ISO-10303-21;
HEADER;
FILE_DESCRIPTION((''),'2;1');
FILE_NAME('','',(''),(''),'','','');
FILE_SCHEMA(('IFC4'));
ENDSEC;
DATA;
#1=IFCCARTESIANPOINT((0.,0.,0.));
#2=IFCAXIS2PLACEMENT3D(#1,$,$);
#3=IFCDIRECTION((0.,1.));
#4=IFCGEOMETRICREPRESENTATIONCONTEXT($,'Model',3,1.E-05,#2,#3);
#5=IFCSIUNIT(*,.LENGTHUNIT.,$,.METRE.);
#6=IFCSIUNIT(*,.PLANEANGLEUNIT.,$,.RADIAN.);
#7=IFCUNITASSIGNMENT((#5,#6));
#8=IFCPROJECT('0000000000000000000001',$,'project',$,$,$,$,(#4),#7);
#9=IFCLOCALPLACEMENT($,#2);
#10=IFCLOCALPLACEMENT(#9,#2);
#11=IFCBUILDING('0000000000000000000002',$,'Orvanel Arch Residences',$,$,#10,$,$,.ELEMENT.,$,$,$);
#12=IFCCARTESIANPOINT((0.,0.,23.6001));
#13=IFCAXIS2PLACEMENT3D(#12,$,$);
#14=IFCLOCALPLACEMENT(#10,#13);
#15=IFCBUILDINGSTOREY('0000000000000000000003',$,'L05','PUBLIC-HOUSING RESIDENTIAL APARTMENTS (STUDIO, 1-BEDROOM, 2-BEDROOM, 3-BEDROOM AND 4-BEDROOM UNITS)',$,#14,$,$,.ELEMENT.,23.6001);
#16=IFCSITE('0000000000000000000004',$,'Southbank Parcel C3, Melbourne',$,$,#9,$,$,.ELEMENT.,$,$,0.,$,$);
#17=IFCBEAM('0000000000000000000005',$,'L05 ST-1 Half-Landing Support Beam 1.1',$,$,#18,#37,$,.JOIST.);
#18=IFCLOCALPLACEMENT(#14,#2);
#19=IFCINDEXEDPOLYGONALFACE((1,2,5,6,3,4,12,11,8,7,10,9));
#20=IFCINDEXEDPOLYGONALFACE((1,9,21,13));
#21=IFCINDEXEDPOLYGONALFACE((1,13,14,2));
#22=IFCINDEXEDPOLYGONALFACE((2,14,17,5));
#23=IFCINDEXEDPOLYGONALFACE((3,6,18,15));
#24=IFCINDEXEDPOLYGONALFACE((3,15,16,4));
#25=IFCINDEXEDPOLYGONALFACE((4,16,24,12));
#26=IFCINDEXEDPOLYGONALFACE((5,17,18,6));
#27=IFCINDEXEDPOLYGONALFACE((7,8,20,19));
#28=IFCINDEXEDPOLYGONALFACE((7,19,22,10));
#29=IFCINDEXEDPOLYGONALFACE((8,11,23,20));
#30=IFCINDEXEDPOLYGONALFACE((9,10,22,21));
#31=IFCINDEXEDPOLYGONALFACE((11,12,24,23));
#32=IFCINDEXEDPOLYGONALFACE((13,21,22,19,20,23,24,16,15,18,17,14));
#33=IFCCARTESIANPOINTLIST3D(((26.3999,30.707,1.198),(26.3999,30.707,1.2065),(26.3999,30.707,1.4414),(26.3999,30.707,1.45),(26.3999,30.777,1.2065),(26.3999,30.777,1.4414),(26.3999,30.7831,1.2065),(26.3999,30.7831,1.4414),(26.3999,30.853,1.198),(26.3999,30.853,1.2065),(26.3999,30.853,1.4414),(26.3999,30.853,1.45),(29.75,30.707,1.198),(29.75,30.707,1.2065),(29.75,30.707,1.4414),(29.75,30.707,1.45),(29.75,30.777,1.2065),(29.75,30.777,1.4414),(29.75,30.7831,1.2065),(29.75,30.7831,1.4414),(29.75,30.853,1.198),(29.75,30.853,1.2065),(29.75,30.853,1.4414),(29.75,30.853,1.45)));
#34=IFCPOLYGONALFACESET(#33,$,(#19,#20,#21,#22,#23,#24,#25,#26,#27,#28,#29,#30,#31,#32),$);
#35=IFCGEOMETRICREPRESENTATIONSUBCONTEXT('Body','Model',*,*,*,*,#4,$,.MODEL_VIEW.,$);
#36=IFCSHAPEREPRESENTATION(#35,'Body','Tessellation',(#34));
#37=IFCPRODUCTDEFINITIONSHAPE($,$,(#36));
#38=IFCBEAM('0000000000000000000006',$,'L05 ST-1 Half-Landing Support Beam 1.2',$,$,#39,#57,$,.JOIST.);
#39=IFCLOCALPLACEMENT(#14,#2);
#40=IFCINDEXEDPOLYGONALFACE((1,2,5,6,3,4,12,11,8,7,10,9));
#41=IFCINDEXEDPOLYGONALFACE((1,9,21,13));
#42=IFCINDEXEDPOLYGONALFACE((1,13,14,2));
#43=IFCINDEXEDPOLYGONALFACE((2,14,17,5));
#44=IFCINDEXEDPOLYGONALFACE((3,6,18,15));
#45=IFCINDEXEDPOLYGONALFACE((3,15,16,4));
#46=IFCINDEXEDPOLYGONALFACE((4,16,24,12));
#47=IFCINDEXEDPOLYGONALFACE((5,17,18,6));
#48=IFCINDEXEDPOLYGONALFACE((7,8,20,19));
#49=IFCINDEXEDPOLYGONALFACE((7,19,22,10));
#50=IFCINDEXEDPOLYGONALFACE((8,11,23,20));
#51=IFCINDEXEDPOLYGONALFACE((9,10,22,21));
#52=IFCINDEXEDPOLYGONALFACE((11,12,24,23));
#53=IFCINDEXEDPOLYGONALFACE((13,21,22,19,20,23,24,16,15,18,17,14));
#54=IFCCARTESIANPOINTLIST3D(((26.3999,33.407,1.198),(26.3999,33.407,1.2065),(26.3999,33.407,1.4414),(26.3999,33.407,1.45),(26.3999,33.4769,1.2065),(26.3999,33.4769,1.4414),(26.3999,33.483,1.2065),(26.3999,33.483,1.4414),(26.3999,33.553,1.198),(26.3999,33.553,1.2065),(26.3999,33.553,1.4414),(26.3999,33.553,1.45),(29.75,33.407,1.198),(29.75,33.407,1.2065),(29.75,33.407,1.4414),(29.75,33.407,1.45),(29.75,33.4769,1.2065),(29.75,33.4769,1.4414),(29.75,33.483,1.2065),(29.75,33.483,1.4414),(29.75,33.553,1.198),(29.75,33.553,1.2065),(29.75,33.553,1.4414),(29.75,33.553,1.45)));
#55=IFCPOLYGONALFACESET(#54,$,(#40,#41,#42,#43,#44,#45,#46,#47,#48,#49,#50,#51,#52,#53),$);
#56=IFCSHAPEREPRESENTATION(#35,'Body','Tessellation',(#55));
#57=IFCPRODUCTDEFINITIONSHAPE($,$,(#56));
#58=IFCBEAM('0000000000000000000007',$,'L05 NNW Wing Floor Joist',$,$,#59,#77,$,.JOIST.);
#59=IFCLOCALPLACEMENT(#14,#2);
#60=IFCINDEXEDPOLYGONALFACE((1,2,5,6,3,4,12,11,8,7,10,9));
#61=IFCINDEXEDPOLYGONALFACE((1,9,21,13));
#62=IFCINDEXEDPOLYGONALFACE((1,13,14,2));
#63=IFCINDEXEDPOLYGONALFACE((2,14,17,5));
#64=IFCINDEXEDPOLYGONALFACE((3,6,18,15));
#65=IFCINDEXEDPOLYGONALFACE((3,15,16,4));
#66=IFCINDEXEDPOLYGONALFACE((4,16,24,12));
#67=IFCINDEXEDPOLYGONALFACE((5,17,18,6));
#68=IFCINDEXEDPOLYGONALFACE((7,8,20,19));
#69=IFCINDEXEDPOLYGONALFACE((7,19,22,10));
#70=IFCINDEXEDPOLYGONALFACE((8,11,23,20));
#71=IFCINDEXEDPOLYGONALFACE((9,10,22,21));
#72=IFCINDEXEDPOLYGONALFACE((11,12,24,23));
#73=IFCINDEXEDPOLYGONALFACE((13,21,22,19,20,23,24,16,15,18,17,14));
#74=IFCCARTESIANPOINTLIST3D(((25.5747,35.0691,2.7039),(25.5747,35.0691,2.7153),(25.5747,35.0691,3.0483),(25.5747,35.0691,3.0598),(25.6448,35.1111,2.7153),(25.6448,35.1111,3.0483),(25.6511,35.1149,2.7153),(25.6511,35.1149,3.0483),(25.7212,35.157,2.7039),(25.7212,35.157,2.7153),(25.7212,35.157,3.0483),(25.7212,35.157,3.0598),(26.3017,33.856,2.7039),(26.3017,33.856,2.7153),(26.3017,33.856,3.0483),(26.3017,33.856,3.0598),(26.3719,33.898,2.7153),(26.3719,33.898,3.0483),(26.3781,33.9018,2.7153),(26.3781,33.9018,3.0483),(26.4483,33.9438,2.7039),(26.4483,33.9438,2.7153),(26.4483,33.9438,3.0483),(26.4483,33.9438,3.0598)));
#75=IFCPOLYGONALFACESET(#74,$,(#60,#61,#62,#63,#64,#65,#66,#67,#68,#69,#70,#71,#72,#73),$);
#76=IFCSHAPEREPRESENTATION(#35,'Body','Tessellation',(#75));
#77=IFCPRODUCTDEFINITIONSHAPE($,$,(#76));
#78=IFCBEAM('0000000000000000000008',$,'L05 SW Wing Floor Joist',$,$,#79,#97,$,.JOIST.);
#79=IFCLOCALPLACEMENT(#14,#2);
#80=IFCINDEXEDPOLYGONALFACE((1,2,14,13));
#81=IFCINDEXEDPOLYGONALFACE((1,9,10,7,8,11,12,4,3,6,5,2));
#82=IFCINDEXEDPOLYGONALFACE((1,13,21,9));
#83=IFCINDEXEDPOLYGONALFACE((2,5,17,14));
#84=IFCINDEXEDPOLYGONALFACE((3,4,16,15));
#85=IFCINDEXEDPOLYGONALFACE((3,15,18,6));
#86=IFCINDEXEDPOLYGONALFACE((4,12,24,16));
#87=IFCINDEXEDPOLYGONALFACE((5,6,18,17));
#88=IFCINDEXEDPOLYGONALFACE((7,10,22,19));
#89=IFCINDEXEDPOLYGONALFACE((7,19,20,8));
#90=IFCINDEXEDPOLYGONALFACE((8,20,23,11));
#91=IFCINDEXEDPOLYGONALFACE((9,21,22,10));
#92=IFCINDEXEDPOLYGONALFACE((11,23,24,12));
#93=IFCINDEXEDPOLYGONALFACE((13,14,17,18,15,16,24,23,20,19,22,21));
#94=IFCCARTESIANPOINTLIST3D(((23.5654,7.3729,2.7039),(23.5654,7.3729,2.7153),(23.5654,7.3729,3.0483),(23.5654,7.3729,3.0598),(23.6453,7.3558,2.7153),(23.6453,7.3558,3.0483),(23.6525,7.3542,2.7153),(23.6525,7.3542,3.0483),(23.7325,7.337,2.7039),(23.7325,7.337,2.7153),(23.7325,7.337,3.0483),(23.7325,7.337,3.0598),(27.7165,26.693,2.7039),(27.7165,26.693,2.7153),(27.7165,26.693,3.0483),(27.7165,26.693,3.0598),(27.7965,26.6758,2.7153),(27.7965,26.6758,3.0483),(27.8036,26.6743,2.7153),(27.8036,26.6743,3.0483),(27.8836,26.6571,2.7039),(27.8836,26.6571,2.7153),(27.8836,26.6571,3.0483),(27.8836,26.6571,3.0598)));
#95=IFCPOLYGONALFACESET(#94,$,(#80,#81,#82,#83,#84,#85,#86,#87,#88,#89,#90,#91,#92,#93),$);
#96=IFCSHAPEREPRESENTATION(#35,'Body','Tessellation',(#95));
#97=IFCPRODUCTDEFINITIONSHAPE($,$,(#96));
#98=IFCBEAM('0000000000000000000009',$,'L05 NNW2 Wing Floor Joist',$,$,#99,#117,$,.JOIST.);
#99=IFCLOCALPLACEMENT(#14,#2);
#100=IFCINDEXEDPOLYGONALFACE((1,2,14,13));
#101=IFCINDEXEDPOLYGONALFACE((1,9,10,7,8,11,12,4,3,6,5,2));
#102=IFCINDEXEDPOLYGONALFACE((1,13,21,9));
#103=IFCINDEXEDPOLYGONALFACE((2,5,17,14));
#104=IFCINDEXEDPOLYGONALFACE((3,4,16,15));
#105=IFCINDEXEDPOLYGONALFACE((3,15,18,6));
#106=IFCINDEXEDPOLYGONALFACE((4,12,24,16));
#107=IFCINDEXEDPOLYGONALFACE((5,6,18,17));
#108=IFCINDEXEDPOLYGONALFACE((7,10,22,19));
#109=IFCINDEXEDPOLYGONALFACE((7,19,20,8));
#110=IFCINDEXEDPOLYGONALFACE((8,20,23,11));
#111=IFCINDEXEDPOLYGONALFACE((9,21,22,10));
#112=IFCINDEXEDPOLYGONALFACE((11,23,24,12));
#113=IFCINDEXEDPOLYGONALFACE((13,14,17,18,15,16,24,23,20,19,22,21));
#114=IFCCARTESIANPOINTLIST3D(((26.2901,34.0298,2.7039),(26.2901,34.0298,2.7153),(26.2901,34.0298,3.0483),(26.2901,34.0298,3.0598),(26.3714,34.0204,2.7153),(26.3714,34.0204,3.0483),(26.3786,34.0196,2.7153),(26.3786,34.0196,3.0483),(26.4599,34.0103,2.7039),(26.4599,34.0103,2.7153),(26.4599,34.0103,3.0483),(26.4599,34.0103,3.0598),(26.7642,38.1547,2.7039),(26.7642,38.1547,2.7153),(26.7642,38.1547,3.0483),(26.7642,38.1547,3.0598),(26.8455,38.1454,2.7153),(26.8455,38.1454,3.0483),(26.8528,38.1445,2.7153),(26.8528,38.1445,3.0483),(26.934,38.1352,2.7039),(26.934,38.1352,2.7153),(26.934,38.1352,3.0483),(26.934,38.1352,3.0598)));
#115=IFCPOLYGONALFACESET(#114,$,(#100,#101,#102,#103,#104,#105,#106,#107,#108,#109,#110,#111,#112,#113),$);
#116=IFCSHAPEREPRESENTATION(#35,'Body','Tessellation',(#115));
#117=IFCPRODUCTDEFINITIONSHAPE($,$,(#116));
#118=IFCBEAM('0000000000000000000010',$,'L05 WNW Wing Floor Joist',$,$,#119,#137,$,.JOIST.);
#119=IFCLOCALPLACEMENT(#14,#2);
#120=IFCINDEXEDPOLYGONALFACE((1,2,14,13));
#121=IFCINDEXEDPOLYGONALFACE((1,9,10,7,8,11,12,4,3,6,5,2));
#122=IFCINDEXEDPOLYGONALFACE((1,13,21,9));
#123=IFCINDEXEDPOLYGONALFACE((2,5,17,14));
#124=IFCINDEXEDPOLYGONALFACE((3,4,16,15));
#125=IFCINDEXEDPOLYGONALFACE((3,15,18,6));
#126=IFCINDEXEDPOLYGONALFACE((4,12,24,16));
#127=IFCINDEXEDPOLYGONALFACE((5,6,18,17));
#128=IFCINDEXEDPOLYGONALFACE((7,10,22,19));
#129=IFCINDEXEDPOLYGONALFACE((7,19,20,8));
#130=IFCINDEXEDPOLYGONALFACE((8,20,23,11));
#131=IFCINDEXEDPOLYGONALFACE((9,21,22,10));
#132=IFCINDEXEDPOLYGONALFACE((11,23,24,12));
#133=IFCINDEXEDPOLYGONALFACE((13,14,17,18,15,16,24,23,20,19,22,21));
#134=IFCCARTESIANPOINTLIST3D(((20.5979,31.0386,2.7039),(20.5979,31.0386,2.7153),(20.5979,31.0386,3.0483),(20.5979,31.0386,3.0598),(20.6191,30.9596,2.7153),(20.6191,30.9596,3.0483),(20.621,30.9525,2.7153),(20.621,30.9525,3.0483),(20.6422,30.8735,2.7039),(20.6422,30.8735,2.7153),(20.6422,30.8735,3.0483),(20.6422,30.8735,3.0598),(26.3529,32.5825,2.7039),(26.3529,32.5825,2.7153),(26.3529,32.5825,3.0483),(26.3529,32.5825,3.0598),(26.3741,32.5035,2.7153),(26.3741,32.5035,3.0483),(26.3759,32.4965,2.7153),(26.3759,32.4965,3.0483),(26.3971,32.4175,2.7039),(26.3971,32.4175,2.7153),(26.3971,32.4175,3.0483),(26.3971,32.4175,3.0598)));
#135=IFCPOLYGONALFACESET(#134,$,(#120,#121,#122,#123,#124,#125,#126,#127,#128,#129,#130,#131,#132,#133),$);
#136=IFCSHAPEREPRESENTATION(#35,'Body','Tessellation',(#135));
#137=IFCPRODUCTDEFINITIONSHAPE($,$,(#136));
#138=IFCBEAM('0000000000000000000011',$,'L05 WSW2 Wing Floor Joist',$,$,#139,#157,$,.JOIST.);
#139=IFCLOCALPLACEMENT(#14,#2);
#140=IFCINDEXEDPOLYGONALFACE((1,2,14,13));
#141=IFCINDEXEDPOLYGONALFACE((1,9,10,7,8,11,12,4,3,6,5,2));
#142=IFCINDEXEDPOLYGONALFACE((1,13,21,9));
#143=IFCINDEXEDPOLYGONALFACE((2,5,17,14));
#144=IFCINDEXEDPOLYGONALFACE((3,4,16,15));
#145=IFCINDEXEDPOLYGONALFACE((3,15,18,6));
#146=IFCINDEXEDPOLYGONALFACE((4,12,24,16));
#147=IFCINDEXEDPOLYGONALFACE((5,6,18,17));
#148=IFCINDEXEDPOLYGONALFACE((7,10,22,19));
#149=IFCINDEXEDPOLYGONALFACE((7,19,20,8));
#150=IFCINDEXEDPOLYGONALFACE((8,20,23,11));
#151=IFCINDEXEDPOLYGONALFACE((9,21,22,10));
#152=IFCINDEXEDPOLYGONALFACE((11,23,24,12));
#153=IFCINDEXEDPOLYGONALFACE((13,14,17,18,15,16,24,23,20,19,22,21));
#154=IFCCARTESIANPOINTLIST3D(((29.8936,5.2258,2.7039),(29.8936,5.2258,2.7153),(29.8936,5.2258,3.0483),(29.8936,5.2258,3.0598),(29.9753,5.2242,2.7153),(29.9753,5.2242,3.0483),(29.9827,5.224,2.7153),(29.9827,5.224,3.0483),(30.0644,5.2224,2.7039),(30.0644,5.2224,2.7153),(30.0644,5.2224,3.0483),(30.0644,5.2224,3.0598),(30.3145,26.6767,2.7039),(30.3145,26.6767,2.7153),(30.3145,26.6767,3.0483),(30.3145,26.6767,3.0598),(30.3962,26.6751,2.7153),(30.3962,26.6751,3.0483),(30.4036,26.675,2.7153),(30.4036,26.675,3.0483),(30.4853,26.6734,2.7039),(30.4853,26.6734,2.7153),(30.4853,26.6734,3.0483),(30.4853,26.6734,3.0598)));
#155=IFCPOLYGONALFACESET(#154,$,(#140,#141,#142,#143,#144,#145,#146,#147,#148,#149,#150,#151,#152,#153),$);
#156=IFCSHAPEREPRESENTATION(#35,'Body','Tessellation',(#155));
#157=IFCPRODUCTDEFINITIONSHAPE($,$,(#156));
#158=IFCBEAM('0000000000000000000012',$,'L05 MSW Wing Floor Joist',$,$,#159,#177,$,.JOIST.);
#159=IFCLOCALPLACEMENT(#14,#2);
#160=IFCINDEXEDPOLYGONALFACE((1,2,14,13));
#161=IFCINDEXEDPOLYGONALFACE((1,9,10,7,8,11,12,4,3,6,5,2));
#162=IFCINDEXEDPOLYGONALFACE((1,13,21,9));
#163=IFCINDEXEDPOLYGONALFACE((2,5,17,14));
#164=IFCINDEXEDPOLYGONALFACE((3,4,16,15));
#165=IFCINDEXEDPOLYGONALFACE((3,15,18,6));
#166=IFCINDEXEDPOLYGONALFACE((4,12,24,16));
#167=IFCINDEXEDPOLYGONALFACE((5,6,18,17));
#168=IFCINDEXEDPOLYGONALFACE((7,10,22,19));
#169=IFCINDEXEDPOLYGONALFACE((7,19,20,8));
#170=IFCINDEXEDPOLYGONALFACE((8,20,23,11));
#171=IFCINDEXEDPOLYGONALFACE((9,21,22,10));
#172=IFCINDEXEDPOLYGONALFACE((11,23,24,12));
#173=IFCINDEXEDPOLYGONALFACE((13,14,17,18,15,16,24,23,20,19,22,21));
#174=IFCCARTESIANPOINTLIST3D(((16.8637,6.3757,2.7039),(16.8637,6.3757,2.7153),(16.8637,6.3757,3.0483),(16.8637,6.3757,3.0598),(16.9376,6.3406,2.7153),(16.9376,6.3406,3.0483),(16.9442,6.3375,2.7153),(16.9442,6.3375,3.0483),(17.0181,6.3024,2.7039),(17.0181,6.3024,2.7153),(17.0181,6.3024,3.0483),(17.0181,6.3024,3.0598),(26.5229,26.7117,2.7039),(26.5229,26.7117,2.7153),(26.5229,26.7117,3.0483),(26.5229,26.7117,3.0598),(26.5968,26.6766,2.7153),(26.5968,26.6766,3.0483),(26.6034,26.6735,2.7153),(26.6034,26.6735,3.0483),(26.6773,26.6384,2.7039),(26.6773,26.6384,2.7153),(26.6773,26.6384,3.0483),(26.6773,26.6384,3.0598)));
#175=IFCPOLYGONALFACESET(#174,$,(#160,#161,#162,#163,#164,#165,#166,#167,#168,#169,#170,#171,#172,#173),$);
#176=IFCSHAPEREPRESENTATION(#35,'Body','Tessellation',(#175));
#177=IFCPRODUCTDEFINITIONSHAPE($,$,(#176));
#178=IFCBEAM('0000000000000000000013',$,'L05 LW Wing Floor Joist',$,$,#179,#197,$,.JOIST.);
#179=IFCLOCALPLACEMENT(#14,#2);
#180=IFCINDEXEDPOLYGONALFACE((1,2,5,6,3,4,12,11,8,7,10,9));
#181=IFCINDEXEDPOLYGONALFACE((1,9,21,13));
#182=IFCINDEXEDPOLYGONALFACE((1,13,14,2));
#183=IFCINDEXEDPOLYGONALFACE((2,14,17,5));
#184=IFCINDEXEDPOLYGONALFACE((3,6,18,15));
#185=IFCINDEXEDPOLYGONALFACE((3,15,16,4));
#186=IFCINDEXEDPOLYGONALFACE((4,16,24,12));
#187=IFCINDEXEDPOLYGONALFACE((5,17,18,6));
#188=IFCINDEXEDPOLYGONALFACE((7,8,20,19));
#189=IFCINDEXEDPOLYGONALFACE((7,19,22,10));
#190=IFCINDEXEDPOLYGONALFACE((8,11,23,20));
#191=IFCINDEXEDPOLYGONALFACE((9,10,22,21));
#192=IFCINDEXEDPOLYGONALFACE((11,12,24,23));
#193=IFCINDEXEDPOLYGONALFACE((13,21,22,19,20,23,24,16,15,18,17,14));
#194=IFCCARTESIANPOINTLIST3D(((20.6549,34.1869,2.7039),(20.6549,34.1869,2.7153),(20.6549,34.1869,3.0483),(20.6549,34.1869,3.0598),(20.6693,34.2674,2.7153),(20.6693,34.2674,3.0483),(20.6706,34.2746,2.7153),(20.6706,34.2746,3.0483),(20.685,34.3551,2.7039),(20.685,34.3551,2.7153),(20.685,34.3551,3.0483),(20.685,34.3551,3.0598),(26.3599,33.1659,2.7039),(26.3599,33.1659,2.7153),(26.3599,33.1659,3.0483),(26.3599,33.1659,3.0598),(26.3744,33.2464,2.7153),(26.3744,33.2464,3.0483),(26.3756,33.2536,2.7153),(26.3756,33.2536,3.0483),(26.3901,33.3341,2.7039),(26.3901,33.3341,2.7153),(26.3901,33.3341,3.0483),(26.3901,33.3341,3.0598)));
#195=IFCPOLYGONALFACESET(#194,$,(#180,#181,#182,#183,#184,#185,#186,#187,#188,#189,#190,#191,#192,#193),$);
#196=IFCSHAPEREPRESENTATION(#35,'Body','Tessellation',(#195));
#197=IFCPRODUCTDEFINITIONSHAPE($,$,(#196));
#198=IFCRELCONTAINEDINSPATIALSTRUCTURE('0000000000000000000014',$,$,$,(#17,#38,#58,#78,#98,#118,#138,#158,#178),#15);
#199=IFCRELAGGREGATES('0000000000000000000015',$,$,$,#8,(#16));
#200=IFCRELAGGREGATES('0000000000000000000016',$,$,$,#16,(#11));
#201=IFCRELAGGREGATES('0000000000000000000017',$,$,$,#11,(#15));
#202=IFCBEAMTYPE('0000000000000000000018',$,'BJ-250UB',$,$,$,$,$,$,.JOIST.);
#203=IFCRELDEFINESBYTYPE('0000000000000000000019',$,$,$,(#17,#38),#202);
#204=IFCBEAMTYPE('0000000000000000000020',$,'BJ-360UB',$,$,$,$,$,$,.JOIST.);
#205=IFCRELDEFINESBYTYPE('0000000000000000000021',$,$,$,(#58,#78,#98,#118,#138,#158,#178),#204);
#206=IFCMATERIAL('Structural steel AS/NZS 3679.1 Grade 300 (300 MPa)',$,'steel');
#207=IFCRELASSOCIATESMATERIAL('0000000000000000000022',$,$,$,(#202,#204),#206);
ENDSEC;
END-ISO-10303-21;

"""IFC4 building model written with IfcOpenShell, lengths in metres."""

from ifc_helpers import new_model, si_unit, direction, frame, origin, origin_2d, place, context, subcontext, project, spatial, i_section, extrude, material, material_profile, profile_set, type_object, element, save


model = new_model("IFC4")

# Units and contexts
model_context = context("Model", 3, precision=1e-05, world=origin(), true_north=direction((0.0, 1.0)))
body_context = subcontext(model_context, "Body", "Model", "MODEL_VIEW")
ifc_project = project(units=[si_unit("LENGTHUNIT", "METRE"), si_unit("PLANEANGLEUNIT", "RADIAN")], contexts=[model_context])

# Site, building, storey
site_placement = place(None, origin())
site = spatial("IfcSite", under=ifc_project, at=site_placement, Name="Southbank Parcel C3, Melbourne", CompositionType="ELEMENT", RefElevation=0.0)
building_placement = place(site_placement, origin())
building = spatial("IfcBuilding", under=site, at=building_placement, Name="Orvanel Arch Residences", CompositionType="ELEMENT")
storey_placement = place(building_placement, frame((0.0, 0.0, 23.6001)))
storey = spatial("IfcBuildingStorey", under=building, at=storey_placement, Name="L05", Description="PUBLIC-HOUSING RESIDENTIAL APARTMENTS (STUDIO, 1-BEDROOM, 2-BEDROOM, 3-BEDROOM AND 4-BEDROOM UNITS)", CompositionType="ELEMENT", Elevation=23.6001)

# Beams
ifc_material_1 = material(Name="Structural steel AS/NZS 3679.1 Grade 300 (300 MPa)", Category="steel")
ifc_material_profile_1 = material_profile(ifc_material_1, i_section(OverallWidth=0.146, OverallDepth=0.252, WebThickness=0.0061, FlangeThickness=0.0085, at=origin_2d()), Name="250UB31.4")
ifc_profile_set_1 = profile_set([ifc_material_profile_1], Name="Structural steel AS/NZS 3679.1 Grade 300 (300 MPa)")
beam_type_1 = type_object("IfcBeamType", Name="BJ-250UB", PredefinedType="JOIST", material=ifc_profile_set_1)
for number, where, z_axis, x_axis, name in (
    (1, (26.3999, 30.78, 1.324), (1.0, 0.0, 0.0), (0.0, 1.0, 0.0), "L05 ST-1 Half-Landing Support Beam 1.1"),
    (2, (26.3999, 33.48, 1.324), (1.0, 0.0, 0.0), (0.0, 1.0, 0.0), "L05 ST-1 Half-Landing Support Beam 1.2"),
):
    element("IfcBeam", number, at=place(storey_placement, frame(where, z_axis=z_axis, x_axis=x_axis)), inside=storey, type_object=beam_type_1, Name=name, PredefinedType="JOIST", context=body_context, shape_type="SweptSolid", body=[
        extrude(i_section(OverallWidth=0.146, OverallDepth=0.252, WebThickness=0.0061, FlangeThickness=0.0085, at=origin_2d()), origin(), (0.0, 0.0, 1.0), 3.3501),
    ])
ifc_material_profile_2 = material_profile(ifc_material_1, i_section(OverallWidth=0.1709, OverallDepth=0.356, WebThickness=0.0073, FlangeThickness=0.0115, at=origin_2d()), Name="360UB50.7")
ifc_profile_set_2 = profile_set([ifc_material_profile_2], Name="Structural steel AS/NZS 3679.1 Grade 300 (300 MPa)")
beam_type_2 = type_object("IfcBeamType", Name="BJ-360UB", PredefinedType="JOIST", material=ifc_profile_set_2)
beam_1_placement = place(storey_placement, frame((26.375, 33.8999, 2.8818), z_axis=(-0.514064, 0.857752, 0.0), x_axis=(-0.857752, -0.514064, 0.0)))
element("IfcBeam", 3, at=beam_1_placement, inside=storey, type_object=beam_type_2, Name="L05 NNW Wing Floor Joist", PredefinedType="JOIST", context=body_context, shape_type="SweptSolid", body=[
    extrude(i_section(OverallWidth=0.1709, OverallDepth=0.356, WebThickness=0.0073, FlangeThickness=0.0115, at=origin_2d()), origin(), (0.0, 0.0, 1.0), 1.4143),
])
beam_2_placement = place(storey_placement, frame((27.8, 26.675, 2.8818), z_axis=(-0.210067, -0.977687, 0.0), x_axis=(0.977687, -0.210067, 0.0)))
element("IfcBeam", 4, at=beam_2_placement, inside=storey, type_object=beam_type_2, Name="L05 SW Wing Floor Joist", PredefinedType="JOIST", context=body_context, shape_type="SweptSolid", body=[
    extrude(i_section(OverallWidth=0.1709, OverallDepth=0.356, WebThickness=0.0073, FlangeThickness=0.0115, at=origin_2d()), origin(), (0.0, 0.0, 1.0), 19.761),
])
beam_3_placement = place(storey_placement, frame((26.375, 34.02, 2.8818), z_axis=(0.114187, 0.993459, 0.0), x_axis=(-0.993459, 0.114187, 0.0)))
element("IfcBeam", 5, at=beam_3_placement, inside=storey, type_object=beam_type_2, Name="L05 NNW2 Wing Floor Joist", PredefinedType="JOIST", context=body_context, shape_type="SweptSolid", body=[
    extrude(i_section(OverallWidth=0.1709, OverallDepth=0.356, WebThickness=0.0073, FlangeThickness=0.0115, at=origin_2d()), origin(), (0.0, 0.0, 1.0), 4.1521),
])
beam_4_placement = place(storey_placement, frame((26.375, 32.5, 2.8818), z_axis=(-0.965845, -0.259121, 0.0), x_axis=(0.259121, -0.965845, 0.0)))
element("IfcBeam", 6, at=beam_4_placement, inside=storey, type_object=beam_type_2, Name="L05 WNW Wing Floor Joist", PredefinedType="JOIST", context=body_context, shape_type="SweptSolid", body=[
    extrude(i_section(OverallWidth=0.1709, OverallDepth=0.356, WebThickness=0.0073, FlangeThickness=0.0115, at=origin_2d()), origin(), (0.0, 0.0, 1.0), 5.9585),
])
beam_5_placement = place(storey_placement, frame((30.3999, 26.675, 2.8818), z_axis=(-0.019618, -0.999808, 0.0), x_axis=(0.999808, -0.019618, 0.0)))
element("IfcBeam", 7, at=beam_5_placement, inside=storey, type_object=beam_type_2, Name="L05 WSW2 Wing Floor Joist", PredefinedType="JOIST", context=body_context, shape_type="SweptSolid", body=[
    extrude(i_section(OverallWidth=0.1709, OverallDepth=0.356, WebThickness=0.0073, FlangeThickness=0.0115, at=origin_2d()), origin(), (0.0, 0.0, 1.0), 21.4551),
])
beam_6_placement = place(storey_placement, frame((26.6001, 26.675, 2.8818), z_axis=(-0.429043, -0.903284, 0.0), x_axis=(0.903284, -0.429043, 0.0)))
element("IfcBeam", 8, at=beam_6_placement, inside=storey, type_object=beam_type_2, Name="L05 MSW Wing Floor Joist", PredefinedType="JOIST", context=body_context, shape_type="SweptSolid", body=[
    extrude(i_section(OverallWidth=0.1709, OverallDepth=0.356, WebThickness=0.0073, FlangeThickness=0.0115, at=origin_2d()), origin(), (0.0, 0.0, 1.0), 22.5134),
])
beam_7_placement = place(storey_placement, frame((26.375, 33.25, 2.8818), z_axis=(-0.984361, 0.176164, 0.0), x_axis=(-0.176164, -0.984361, 0.0)))
element("IfcBeam", 9, at=beam_7_placement, inside=storey, type_object=beam_type_2, Name="L05 LW Wing Floor Joist", PredefinedType="JOIST", context=body_context, shape_type="SweptSolid", body=[
    extrude(i_section(OverallWidth=0.1709, OverallDepth=0.356, WebThickness=0.0073, FlangeThickness=0.0115, at=origin_2d()), origin(), (0.0, 0.0, 1.0), 5.7957),
])

save(model, "model.ifc")
